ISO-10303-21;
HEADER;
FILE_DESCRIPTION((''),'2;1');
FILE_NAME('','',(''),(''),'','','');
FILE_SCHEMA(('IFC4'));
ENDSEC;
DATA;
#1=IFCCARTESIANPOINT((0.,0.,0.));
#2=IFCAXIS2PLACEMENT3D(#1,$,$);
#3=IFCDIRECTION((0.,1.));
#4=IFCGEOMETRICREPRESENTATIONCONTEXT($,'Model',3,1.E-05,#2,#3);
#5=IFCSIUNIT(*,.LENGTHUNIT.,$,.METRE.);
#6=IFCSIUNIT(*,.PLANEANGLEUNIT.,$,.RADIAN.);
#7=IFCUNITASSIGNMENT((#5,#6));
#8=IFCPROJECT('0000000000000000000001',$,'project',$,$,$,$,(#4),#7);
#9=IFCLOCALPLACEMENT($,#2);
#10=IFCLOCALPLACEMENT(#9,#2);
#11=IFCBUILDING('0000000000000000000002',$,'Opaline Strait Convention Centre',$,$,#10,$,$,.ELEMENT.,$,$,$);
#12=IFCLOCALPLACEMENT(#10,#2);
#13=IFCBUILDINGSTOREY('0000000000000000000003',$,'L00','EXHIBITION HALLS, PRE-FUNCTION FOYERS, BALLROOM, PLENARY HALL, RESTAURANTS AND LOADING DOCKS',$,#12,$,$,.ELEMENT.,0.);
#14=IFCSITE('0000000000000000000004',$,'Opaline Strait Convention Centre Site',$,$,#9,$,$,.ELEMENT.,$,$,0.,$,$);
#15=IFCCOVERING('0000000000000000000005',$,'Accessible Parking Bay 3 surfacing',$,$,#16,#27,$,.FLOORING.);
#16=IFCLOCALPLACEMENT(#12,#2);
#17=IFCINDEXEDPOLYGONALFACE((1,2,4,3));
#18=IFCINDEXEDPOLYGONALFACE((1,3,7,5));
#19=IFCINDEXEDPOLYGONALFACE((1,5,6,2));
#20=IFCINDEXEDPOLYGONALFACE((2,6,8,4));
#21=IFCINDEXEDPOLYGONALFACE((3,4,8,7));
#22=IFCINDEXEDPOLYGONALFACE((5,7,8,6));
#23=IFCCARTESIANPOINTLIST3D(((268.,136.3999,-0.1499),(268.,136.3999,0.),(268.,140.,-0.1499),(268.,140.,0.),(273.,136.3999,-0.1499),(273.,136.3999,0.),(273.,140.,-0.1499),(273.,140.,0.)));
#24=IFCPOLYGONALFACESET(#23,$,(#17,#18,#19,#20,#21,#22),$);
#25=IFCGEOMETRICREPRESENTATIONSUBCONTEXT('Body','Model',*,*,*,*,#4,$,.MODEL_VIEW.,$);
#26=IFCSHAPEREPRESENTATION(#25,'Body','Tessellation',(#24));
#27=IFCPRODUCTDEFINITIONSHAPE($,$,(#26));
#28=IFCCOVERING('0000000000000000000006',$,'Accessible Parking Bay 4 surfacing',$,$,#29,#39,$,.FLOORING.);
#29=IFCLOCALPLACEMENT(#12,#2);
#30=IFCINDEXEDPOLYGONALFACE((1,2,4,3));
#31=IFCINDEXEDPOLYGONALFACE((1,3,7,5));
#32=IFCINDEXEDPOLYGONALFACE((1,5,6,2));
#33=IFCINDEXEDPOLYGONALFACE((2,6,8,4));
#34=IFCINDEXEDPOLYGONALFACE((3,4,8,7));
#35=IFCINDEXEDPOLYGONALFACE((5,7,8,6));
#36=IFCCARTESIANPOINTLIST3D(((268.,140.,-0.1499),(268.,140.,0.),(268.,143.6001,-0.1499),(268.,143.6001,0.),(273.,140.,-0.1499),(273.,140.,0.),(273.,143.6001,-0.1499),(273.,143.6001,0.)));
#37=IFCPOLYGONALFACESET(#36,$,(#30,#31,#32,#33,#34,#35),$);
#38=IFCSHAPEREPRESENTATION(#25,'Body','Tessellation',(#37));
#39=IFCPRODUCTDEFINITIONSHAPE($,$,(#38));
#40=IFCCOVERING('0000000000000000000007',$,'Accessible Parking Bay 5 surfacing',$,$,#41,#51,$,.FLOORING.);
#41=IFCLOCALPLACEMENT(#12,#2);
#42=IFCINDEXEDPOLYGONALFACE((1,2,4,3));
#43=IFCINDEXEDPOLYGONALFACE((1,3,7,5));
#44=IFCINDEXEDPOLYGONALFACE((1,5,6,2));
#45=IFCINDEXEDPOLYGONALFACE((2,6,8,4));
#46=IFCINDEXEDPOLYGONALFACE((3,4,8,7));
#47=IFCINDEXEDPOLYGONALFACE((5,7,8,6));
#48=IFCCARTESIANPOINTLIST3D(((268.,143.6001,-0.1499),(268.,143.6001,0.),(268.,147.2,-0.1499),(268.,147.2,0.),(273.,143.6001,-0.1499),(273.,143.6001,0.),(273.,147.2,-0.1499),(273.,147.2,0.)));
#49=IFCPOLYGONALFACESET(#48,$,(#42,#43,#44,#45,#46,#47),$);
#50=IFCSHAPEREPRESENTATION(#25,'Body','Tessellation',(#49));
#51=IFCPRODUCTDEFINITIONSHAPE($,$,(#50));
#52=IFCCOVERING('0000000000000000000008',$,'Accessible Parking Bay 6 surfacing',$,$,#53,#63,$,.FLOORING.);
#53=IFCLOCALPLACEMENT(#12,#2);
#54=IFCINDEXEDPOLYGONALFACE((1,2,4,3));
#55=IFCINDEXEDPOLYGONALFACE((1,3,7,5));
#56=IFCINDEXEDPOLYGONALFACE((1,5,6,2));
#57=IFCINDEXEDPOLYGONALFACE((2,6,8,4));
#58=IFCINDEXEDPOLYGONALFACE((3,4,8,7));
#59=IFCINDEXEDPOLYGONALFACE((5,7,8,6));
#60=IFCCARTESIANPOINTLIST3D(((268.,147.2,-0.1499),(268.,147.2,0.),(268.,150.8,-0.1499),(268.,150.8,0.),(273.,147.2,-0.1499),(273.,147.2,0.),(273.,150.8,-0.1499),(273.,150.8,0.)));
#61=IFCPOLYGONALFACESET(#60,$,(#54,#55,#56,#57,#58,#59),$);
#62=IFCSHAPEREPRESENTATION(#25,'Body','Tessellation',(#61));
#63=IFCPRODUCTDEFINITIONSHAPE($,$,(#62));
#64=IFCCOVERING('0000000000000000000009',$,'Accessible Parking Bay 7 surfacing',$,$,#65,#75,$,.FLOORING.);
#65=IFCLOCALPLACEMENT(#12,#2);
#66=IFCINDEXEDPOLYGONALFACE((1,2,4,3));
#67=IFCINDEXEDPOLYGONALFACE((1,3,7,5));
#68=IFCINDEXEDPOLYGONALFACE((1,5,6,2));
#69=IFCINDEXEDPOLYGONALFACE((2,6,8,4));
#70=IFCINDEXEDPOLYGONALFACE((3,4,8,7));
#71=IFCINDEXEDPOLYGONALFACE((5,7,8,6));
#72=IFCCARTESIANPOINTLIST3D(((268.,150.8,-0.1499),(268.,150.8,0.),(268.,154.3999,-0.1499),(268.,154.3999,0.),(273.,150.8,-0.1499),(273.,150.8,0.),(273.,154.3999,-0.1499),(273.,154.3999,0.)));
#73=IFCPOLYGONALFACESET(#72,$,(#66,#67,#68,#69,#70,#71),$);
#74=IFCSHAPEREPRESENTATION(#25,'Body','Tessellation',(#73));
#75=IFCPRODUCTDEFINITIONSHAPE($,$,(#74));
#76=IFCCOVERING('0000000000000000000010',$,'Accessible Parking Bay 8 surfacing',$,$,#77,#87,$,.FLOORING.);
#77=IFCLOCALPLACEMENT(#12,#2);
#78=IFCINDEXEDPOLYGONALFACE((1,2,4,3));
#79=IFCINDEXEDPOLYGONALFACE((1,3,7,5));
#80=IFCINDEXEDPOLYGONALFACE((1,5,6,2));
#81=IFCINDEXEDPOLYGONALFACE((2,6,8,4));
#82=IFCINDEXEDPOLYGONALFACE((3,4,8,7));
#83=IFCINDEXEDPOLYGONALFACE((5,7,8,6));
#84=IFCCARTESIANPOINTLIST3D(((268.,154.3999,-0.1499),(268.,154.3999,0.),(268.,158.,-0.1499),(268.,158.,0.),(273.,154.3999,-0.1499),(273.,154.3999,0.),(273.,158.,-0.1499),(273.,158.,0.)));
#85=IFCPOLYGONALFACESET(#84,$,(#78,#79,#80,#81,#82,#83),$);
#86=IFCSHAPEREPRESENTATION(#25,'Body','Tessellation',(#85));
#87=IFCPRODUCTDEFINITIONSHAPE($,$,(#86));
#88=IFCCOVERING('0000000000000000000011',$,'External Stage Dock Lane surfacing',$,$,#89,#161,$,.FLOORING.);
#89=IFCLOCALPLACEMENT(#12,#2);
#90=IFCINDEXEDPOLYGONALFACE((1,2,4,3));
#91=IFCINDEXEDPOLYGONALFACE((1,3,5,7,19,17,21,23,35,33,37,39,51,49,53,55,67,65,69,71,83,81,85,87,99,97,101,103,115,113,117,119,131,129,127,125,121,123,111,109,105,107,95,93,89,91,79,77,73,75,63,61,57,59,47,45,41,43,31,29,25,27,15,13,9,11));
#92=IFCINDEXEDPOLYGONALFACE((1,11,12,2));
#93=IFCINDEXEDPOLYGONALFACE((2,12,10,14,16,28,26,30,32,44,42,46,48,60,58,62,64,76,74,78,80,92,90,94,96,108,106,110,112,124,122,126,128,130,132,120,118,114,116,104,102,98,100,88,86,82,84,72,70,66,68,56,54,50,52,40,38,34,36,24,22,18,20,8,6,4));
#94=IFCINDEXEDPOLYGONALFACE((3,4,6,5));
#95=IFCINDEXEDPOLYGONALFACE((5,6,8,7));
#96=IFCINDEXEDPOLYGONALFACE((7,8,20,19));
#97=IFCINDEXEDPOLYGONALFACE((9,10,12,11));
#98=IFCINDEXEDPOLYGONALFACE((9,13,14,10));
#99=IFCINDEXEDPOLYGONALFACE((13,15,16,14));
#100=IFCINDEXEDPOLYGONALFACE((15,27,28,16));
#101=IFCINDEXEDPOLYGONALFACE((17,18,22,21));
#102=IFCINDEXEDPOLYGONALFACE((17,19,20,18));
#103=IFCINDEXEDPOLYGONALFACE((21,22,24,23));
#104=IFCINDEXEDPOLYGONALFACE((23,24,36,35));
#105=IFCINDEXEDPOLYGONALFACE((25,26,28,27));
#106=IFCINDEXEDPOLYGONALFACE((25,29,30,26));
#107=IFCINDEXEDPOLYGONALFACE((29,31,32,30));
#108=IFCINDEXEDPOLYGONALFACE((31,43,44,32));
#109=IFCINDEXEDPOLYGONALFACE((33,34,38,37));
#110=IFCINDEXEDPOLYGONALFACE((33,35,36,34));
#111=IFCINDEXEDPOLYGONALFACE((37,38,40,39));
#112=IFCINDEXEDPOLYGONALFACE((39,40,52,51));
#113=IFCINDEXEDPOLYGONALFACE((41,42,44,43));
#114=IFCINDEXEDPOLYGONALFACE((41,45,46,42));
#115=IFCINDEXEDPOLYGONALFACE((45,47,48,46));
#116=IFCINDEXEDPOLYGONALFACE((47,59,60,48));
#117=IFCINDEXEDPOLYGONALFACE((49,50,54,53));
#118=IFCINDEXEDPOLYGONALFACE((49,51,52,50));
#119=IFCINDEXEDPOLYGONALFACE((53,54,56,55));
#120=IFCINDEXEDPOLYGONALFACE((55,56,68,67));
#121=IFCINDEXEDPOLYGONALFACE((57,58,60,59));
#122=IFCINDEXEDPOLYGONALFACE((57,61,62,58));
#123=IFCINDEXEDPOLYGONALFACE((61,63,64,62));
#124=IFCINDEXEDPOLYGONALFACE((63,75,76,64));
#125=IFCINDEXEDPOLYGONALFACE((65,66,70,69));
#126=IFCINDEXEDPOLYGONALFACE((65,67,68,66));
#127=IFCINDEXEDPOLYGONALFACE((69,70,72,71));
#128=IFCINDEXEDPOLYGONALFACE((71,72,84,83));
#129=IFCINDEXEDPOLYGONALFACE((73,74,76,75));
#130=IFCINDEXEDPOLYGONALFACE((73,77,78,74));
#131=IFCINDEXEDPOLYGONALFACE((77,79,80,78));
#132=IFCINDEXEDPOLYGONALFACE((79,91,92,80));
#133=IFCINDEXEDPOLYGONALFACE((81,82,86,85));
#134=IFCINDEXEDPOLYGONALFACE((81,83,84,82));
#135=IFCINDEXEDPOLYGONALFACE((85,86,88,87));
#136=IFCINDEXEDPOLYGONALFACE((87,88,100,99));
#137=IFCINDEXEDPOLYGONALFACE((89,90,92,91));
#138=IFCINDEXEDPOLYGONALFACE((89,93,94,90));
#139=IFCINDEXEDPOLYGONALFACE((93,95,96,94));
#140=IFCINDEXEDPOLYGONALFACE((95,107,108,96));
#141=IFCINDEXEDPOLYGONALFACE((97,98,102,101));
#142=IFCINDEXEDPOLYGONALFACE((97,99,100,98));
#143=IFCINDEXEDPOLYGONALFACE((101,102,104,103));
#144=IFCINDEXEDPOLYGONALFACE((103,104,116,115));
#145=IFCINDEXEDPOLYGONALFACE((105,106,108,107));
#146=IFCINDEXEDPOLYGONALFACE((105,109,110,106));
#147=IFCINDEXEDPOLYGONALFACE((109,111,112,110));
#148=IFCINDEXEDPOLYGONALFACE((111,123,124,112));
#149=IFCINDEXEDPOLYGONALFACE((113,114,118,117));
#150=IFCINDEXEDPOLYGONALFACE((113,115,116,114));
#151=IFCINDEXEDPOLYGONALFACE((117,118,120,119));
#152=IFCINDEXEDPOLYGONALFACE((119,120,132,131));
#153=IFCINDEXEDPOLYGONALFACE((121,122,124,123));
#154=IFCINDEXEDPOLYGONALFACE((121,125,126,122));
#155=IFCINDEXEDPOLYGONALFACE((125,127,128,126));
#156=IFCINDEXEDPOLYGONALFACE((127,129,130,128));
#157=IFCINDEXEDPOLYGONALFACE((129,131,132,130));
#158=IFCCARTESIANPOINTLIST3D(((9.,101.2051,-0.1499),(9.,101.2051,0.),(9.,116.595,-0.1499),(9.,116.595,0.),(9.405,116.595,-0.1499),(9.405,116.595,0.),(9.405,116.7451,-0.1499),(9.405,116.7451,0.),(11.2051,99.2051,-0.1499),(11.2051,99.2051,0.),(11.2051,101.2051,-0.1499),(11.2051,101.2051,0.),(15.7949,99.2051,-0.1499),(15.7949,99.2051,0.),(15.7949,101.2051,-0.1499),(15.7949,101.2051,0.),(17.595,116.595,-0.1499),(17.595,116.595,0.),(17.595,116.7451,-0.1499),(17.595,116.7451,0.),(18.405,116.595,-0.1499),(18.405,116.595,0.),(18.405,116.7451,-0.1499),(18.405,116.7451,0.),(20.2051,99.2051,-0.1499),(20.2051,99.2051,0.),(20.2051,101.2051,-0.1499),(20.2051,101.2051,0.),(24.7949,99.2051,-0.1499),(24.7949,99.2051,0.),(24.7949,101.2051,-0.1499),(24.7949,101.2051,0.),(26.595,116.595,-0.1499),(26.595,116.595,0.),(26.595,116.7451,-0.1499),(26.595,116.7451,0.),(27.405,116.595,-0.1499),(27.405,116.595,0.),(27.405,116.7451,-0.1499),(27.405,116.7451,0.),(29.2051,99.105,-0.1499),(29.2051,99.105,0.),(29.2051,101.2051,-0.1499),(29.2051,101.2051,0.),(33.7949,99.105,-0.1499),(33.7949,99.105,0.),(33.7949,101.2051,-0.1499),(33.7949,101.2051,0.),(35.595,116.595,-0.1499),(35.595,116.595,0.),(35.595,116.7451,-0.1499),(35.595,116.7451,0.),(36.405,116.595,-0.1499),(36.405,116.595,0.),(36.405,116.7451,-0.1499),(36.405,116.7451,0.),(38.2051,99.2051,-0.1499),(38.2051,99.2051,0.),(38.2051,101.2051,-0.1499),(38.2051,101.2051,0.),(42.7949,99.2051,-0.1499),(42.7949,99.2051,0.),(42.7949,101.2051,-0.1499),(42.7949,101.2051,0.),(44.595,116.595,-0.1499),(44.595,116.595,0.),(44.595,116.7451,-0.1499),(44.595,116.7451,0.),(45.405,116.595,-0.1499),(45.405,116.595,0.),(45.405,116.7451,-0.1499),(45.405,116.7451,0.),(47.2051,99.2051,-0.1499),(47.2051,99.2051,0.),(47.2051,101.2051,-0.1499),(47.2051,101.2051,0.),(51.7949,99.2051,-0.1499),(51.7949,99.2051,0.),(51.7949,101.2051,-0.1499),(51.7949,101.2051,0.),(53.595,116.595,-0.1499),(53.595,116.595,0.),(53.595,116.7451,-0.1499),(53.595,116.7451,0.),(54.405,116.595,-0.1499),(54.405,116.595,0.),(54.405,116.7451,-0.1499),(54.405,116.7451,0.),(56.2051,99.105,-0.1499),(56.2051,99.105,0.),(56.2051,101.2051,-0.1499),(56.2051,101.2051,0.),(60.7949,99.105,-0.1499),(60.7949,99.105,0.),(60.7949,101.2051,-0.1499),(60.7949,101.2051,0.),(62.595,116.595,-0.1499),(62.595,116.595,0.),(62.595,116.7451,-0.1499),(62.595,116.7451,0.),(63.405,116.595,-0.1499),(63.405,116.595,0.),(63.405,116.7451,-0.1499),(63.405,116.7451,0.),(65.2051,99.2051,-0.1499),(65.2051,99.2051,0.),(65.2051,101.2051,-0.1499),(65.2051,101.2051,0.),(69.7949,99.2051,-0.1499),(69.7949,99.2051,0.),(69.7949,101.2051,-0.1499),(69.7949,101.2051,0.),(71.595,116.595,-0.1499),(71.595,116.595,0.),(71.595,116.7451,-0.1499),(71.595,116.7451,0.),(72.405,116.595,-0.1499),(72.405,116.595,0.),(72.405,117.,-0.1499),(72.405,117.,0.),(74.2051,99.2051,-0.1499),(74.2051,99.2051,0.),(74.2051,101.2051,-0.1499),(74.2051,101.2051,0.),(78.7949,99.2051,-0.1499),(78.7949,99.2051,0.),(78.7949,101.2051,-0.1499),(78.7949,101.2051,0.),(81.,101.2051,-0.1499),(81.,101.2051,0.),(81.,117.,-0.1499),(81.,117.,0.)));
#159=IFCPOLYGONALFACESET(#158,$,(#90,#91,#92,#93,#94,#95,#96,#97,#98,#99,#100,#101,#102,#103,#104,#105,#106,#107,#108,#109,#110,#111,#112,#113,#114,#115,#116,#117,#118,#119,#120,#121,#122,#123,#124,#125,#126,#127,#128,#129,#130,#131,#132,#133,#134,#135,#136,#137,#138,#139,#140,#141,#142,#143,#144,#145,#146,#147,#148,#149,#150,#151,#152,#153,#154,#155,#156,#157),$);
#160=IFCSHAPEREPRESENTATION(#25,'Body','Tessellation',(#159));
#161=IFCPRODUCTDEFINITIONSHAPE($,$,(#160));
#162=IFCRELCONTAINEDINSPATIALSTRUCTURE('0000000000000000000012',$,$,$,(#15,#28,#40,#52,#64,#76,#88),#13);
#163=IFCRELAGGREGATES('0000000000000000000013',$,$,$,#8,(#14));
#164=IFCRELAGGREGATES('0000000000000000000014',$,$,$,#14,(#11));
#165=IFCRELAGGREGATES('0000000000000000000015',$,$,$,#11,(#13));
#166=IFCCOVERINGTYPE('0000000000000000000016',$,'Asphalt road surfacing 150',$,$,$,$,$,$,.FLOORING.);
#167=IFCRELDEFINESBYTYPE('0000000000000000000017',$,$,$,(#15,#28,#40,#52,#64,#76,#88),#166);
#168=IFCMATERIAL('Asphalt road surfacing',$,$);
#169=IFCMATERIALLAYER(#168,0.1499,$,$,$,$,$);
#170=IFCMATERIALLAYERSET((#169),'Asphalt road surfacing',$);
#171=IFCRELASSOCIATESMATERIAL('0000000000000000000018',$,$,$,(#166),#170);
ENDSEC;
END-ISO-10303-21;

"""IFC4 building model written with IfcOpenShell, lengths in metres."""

from ifc_helpers import new_model, si_unit, direction, frame, origin, place, context, subcontext, project, spatial, polyline, outline, extrude, material, layer, layer_set, type_object, element, save


model = new_model("IFC4")

# Units and contexts
model_context = context("Model", 3, precision=1e-05, world=origin(), true_north=direction((0.0, 1.0)))
body_context = subcontext(model_context, "Body", "Model", "MODEL_VIEW")
ifc_project = project(units=[si_unit("LENGTHUNIT", "METRE"), si_unit("PLANEANGLEUNIT", "RADIAN")], contexts=[model_context])

# Site, building, storey
site_placement = place(None, origin())
site = spatial("IfcSite", under=ifc_project, at=site_placement, Name="Opaline Strait Convention Centre Site", CompositionType="ELEMENT", RefElevation=0.0)
building_placement = place(site_placement, origin())
building = spatial("IfcBuilding", under=site, at=building_placement, Name="Opaline Strait Convention Centre", CompositionType="ELEMENT")
storey_placement = place(building_placement, origin())
storey = spatial("IfcBuildingStorey", under=building, at=storey_placement, Name="L00", Description="EXHIBITION HALLS, PRE-FUNCTION FOYERS, BALLROOM, PLENARY HALL, RESTAURANTS AND LOADING DOCKS", CompositionType="ELEMENT", Elevation=0.0)

# Coverings
ifc_material_1 = material(Name="Asphalt road surfacing")
ifc_layer_1 = layer(ifc_material_1, 0.1499)
ifc_layer_set_1 = layer_set([ifc_layer_1], Name="Asphalt road surfacing")
covering_type_1 = type_object("IfcCoveringType", Name="Asphalt road surfacing 150", PredefinedType="FLOORING", material=ifc_layer_set_1)
covering_1_placement = place(storey_placement, frame((0.0, 0.0, -0.1499)))
element("IfcCovering", 1, at=covering_1_placement, inside=storey, type_object=covering_type_1, Name="Accessible Parking Bay 3 surfacing", PredefinedType="FLOORING", context=body_context, shape_type="SweptSolid", body=[
    extrude(outline(polyline([(268.0, 140.0), (268.0, 136.3999), (273.0, 136.3999), (273.0, 140.0), (268.0, 140.0)])), origin(), (0.0, 0.0, 1.0), 0.1499),
])
covering_2_placement = place(storey_placement, frame((0.0, 0.0, -0.1499)))
element("IfcCovering", 2, at=covering_2_placement, inside=storey, type_object=covering_type_1, Name="Accessible Parking Bay 4 surfacing", PredefinedType="FLOORING", context=body_context, shape_type="SweptSolid", body=[
    extrude(outline(polyline([(268.0, 143.6001), (268.0, 140.0), (273.0, 140.0), (273.0, 143.6001), (268.0, 143.6001)])), origin(), (0.0, 0.0, 1.0), 0.1499),
])
covering_3_placement = place(storey_placement, frame((0.0, 0.0, -0.1499)))
element("IfcCovering", 3, at=covering_3_placement, inside=storey, type_object=covering_type_1, Name="Accessible Parking Bay 5 surfacing", PredefinedType="FLOORING", context=body_context, shape_type="SweptSolid", body=[
    extrude(outline(polyline([(268.0, 147.2), (268.0, 143.6001), (273.0, 143.6001), (273.0, 147.2), (268.0, 147.2)])), origin(), (0.0, 0.0, 1.0), 0.1499),
])
covering_4_placement = place(storey_placement, frame((0.0, 0.0, -0.1499)))
element("IfcCovering", 4, at=covering_4_placement, inside=storey, type_object=covering_type_1, Name="Accessible Parking Bay 6 surfacing", PredefinedType="FLOORING", context=body_context, shape_type="SweptSolid", body=[
    extrude(outline(polyline([(268.0, 150.8), (268.0, 147.2), (273.0, 147.2), (273.0, 150.8), (268.0, 150.8)])), origin(), (0.0, 0.0, 1.0), 0.1499),
])
covering_5_placement = place(storey_placement, frame((0.0, 0.0, -0.1499)))
element("IfcCovering", 5, at=covering_5_placement, inside=storey, type_object=covering_type_1, Name="Accessible Parking Bay 7 surfacing", PredefinedType="FLOORING", context=body_context, shape_type="SweptSolid", body=[
    extrude(outline(polyline([(268.0, 154.3999), (268.0, 150.8), (273.0, 150.8), (273.0, 154.3999), (268.0, 154.3999)])), origin(), (0.0, 0.0, 1.0), 0.1499),
])
covering_6_placement = place(storey_placement, frame((0.0, 0.0, -0.1499)))
element("IfcCovering", 6, at=covering_6_placement, inside=storey, type_object=covering_type_1, Name="Accessible Parking Bay 8 surfacing", PredefinedType="FLOORING", context=body_context, shape_type="SweptSolid", body=[
    extrude(outline(polyline([(268.0, 158.0), (268.0, 154.3999), (273.0, 154.3999), (273.0, 158.0), (268.0, 158.0)])), origin(), (0.0, 0.0, 1.0), 0.1499),
])
covering_7_placement = place(storey_placement, frame((0.0, 0.0, -0.1499)))
element("IfcCovering", 7, at=covering_7_placement, inside=storey, type_object=covering_type_1, Name="External Stage Dock Lane surfacing", PredefinedType="FLOORING", context=body_context, shape_type="SweptSolid", body=[
    extrude(outline(polyline([(81.0, 101.2051), (81.0, 117.0), (72.405, 117.0), (72.405, 116.595), (71.595, 116.595), (71.595, 116.7451), (63.405, 116.7451), (63.405, 116.595), (62.595, 116.595), (62.595, 116.7451), (54.405, 116.7451), (54.405, 116.595), (53.595, 116.595), (53.595, 116.7451), (45.405, 116.7451), (45.405, 116.595), (44.595, 116.595), (44.595, 116.7451), (36.405, 116.7451), (36.405, 116.595), (35.595, 116.595), (35.595, 116.7451), (27.405, 116.7451), (27.405, 116.595), (26.595, 116.595), (26.595, 116.7451), (18.405, 116.7451), (18.405, 116.595), (17.595, 116.595), (17.595, 116.7451), (9.405, 116.7451), (9.405, 116.595), (9.0, 116.595), (9.0, 101.2051), (11.2051, 101.2051), (11.2051, 99.2051), (15.7949, 99.2051), (15.7949, 101.2051), (20.2051, 101.2051), (20.2051, 99.2051), (24.7949, 99.2051), (24.7949, 101.2051), (29.2051, 101.2051), (29.2051, 99.105), (33.7949, 99.105), (33.7949, 101.2051), (38.2051, 101.2051), (38.2051, 99.2051), (42.7949, 99.2051), (42.7949, 101.2051), (47.2051, 101.2051), (47.2051, 99.2051), (51.7949, 99.2051), (51.7949, 101.2051), (56.2051, 101.2051), (56.2051, 99.105), (60.7949, 99.105), (60.7949, 101.2051), (65.2051, 101.2051), (65.2051, 99.2051), (69.7949, 99.2051), (69.7949, 101.2051), (74.2051, 101.2051), (74.2051, 99.2051), (78.7949, 99.2051), (78.7949, 101.2051), (81.0, 101.2051)])), origin(), (0.0, 0.0, 1.0), 0.1499),
])

save(model, "model.ifc")
